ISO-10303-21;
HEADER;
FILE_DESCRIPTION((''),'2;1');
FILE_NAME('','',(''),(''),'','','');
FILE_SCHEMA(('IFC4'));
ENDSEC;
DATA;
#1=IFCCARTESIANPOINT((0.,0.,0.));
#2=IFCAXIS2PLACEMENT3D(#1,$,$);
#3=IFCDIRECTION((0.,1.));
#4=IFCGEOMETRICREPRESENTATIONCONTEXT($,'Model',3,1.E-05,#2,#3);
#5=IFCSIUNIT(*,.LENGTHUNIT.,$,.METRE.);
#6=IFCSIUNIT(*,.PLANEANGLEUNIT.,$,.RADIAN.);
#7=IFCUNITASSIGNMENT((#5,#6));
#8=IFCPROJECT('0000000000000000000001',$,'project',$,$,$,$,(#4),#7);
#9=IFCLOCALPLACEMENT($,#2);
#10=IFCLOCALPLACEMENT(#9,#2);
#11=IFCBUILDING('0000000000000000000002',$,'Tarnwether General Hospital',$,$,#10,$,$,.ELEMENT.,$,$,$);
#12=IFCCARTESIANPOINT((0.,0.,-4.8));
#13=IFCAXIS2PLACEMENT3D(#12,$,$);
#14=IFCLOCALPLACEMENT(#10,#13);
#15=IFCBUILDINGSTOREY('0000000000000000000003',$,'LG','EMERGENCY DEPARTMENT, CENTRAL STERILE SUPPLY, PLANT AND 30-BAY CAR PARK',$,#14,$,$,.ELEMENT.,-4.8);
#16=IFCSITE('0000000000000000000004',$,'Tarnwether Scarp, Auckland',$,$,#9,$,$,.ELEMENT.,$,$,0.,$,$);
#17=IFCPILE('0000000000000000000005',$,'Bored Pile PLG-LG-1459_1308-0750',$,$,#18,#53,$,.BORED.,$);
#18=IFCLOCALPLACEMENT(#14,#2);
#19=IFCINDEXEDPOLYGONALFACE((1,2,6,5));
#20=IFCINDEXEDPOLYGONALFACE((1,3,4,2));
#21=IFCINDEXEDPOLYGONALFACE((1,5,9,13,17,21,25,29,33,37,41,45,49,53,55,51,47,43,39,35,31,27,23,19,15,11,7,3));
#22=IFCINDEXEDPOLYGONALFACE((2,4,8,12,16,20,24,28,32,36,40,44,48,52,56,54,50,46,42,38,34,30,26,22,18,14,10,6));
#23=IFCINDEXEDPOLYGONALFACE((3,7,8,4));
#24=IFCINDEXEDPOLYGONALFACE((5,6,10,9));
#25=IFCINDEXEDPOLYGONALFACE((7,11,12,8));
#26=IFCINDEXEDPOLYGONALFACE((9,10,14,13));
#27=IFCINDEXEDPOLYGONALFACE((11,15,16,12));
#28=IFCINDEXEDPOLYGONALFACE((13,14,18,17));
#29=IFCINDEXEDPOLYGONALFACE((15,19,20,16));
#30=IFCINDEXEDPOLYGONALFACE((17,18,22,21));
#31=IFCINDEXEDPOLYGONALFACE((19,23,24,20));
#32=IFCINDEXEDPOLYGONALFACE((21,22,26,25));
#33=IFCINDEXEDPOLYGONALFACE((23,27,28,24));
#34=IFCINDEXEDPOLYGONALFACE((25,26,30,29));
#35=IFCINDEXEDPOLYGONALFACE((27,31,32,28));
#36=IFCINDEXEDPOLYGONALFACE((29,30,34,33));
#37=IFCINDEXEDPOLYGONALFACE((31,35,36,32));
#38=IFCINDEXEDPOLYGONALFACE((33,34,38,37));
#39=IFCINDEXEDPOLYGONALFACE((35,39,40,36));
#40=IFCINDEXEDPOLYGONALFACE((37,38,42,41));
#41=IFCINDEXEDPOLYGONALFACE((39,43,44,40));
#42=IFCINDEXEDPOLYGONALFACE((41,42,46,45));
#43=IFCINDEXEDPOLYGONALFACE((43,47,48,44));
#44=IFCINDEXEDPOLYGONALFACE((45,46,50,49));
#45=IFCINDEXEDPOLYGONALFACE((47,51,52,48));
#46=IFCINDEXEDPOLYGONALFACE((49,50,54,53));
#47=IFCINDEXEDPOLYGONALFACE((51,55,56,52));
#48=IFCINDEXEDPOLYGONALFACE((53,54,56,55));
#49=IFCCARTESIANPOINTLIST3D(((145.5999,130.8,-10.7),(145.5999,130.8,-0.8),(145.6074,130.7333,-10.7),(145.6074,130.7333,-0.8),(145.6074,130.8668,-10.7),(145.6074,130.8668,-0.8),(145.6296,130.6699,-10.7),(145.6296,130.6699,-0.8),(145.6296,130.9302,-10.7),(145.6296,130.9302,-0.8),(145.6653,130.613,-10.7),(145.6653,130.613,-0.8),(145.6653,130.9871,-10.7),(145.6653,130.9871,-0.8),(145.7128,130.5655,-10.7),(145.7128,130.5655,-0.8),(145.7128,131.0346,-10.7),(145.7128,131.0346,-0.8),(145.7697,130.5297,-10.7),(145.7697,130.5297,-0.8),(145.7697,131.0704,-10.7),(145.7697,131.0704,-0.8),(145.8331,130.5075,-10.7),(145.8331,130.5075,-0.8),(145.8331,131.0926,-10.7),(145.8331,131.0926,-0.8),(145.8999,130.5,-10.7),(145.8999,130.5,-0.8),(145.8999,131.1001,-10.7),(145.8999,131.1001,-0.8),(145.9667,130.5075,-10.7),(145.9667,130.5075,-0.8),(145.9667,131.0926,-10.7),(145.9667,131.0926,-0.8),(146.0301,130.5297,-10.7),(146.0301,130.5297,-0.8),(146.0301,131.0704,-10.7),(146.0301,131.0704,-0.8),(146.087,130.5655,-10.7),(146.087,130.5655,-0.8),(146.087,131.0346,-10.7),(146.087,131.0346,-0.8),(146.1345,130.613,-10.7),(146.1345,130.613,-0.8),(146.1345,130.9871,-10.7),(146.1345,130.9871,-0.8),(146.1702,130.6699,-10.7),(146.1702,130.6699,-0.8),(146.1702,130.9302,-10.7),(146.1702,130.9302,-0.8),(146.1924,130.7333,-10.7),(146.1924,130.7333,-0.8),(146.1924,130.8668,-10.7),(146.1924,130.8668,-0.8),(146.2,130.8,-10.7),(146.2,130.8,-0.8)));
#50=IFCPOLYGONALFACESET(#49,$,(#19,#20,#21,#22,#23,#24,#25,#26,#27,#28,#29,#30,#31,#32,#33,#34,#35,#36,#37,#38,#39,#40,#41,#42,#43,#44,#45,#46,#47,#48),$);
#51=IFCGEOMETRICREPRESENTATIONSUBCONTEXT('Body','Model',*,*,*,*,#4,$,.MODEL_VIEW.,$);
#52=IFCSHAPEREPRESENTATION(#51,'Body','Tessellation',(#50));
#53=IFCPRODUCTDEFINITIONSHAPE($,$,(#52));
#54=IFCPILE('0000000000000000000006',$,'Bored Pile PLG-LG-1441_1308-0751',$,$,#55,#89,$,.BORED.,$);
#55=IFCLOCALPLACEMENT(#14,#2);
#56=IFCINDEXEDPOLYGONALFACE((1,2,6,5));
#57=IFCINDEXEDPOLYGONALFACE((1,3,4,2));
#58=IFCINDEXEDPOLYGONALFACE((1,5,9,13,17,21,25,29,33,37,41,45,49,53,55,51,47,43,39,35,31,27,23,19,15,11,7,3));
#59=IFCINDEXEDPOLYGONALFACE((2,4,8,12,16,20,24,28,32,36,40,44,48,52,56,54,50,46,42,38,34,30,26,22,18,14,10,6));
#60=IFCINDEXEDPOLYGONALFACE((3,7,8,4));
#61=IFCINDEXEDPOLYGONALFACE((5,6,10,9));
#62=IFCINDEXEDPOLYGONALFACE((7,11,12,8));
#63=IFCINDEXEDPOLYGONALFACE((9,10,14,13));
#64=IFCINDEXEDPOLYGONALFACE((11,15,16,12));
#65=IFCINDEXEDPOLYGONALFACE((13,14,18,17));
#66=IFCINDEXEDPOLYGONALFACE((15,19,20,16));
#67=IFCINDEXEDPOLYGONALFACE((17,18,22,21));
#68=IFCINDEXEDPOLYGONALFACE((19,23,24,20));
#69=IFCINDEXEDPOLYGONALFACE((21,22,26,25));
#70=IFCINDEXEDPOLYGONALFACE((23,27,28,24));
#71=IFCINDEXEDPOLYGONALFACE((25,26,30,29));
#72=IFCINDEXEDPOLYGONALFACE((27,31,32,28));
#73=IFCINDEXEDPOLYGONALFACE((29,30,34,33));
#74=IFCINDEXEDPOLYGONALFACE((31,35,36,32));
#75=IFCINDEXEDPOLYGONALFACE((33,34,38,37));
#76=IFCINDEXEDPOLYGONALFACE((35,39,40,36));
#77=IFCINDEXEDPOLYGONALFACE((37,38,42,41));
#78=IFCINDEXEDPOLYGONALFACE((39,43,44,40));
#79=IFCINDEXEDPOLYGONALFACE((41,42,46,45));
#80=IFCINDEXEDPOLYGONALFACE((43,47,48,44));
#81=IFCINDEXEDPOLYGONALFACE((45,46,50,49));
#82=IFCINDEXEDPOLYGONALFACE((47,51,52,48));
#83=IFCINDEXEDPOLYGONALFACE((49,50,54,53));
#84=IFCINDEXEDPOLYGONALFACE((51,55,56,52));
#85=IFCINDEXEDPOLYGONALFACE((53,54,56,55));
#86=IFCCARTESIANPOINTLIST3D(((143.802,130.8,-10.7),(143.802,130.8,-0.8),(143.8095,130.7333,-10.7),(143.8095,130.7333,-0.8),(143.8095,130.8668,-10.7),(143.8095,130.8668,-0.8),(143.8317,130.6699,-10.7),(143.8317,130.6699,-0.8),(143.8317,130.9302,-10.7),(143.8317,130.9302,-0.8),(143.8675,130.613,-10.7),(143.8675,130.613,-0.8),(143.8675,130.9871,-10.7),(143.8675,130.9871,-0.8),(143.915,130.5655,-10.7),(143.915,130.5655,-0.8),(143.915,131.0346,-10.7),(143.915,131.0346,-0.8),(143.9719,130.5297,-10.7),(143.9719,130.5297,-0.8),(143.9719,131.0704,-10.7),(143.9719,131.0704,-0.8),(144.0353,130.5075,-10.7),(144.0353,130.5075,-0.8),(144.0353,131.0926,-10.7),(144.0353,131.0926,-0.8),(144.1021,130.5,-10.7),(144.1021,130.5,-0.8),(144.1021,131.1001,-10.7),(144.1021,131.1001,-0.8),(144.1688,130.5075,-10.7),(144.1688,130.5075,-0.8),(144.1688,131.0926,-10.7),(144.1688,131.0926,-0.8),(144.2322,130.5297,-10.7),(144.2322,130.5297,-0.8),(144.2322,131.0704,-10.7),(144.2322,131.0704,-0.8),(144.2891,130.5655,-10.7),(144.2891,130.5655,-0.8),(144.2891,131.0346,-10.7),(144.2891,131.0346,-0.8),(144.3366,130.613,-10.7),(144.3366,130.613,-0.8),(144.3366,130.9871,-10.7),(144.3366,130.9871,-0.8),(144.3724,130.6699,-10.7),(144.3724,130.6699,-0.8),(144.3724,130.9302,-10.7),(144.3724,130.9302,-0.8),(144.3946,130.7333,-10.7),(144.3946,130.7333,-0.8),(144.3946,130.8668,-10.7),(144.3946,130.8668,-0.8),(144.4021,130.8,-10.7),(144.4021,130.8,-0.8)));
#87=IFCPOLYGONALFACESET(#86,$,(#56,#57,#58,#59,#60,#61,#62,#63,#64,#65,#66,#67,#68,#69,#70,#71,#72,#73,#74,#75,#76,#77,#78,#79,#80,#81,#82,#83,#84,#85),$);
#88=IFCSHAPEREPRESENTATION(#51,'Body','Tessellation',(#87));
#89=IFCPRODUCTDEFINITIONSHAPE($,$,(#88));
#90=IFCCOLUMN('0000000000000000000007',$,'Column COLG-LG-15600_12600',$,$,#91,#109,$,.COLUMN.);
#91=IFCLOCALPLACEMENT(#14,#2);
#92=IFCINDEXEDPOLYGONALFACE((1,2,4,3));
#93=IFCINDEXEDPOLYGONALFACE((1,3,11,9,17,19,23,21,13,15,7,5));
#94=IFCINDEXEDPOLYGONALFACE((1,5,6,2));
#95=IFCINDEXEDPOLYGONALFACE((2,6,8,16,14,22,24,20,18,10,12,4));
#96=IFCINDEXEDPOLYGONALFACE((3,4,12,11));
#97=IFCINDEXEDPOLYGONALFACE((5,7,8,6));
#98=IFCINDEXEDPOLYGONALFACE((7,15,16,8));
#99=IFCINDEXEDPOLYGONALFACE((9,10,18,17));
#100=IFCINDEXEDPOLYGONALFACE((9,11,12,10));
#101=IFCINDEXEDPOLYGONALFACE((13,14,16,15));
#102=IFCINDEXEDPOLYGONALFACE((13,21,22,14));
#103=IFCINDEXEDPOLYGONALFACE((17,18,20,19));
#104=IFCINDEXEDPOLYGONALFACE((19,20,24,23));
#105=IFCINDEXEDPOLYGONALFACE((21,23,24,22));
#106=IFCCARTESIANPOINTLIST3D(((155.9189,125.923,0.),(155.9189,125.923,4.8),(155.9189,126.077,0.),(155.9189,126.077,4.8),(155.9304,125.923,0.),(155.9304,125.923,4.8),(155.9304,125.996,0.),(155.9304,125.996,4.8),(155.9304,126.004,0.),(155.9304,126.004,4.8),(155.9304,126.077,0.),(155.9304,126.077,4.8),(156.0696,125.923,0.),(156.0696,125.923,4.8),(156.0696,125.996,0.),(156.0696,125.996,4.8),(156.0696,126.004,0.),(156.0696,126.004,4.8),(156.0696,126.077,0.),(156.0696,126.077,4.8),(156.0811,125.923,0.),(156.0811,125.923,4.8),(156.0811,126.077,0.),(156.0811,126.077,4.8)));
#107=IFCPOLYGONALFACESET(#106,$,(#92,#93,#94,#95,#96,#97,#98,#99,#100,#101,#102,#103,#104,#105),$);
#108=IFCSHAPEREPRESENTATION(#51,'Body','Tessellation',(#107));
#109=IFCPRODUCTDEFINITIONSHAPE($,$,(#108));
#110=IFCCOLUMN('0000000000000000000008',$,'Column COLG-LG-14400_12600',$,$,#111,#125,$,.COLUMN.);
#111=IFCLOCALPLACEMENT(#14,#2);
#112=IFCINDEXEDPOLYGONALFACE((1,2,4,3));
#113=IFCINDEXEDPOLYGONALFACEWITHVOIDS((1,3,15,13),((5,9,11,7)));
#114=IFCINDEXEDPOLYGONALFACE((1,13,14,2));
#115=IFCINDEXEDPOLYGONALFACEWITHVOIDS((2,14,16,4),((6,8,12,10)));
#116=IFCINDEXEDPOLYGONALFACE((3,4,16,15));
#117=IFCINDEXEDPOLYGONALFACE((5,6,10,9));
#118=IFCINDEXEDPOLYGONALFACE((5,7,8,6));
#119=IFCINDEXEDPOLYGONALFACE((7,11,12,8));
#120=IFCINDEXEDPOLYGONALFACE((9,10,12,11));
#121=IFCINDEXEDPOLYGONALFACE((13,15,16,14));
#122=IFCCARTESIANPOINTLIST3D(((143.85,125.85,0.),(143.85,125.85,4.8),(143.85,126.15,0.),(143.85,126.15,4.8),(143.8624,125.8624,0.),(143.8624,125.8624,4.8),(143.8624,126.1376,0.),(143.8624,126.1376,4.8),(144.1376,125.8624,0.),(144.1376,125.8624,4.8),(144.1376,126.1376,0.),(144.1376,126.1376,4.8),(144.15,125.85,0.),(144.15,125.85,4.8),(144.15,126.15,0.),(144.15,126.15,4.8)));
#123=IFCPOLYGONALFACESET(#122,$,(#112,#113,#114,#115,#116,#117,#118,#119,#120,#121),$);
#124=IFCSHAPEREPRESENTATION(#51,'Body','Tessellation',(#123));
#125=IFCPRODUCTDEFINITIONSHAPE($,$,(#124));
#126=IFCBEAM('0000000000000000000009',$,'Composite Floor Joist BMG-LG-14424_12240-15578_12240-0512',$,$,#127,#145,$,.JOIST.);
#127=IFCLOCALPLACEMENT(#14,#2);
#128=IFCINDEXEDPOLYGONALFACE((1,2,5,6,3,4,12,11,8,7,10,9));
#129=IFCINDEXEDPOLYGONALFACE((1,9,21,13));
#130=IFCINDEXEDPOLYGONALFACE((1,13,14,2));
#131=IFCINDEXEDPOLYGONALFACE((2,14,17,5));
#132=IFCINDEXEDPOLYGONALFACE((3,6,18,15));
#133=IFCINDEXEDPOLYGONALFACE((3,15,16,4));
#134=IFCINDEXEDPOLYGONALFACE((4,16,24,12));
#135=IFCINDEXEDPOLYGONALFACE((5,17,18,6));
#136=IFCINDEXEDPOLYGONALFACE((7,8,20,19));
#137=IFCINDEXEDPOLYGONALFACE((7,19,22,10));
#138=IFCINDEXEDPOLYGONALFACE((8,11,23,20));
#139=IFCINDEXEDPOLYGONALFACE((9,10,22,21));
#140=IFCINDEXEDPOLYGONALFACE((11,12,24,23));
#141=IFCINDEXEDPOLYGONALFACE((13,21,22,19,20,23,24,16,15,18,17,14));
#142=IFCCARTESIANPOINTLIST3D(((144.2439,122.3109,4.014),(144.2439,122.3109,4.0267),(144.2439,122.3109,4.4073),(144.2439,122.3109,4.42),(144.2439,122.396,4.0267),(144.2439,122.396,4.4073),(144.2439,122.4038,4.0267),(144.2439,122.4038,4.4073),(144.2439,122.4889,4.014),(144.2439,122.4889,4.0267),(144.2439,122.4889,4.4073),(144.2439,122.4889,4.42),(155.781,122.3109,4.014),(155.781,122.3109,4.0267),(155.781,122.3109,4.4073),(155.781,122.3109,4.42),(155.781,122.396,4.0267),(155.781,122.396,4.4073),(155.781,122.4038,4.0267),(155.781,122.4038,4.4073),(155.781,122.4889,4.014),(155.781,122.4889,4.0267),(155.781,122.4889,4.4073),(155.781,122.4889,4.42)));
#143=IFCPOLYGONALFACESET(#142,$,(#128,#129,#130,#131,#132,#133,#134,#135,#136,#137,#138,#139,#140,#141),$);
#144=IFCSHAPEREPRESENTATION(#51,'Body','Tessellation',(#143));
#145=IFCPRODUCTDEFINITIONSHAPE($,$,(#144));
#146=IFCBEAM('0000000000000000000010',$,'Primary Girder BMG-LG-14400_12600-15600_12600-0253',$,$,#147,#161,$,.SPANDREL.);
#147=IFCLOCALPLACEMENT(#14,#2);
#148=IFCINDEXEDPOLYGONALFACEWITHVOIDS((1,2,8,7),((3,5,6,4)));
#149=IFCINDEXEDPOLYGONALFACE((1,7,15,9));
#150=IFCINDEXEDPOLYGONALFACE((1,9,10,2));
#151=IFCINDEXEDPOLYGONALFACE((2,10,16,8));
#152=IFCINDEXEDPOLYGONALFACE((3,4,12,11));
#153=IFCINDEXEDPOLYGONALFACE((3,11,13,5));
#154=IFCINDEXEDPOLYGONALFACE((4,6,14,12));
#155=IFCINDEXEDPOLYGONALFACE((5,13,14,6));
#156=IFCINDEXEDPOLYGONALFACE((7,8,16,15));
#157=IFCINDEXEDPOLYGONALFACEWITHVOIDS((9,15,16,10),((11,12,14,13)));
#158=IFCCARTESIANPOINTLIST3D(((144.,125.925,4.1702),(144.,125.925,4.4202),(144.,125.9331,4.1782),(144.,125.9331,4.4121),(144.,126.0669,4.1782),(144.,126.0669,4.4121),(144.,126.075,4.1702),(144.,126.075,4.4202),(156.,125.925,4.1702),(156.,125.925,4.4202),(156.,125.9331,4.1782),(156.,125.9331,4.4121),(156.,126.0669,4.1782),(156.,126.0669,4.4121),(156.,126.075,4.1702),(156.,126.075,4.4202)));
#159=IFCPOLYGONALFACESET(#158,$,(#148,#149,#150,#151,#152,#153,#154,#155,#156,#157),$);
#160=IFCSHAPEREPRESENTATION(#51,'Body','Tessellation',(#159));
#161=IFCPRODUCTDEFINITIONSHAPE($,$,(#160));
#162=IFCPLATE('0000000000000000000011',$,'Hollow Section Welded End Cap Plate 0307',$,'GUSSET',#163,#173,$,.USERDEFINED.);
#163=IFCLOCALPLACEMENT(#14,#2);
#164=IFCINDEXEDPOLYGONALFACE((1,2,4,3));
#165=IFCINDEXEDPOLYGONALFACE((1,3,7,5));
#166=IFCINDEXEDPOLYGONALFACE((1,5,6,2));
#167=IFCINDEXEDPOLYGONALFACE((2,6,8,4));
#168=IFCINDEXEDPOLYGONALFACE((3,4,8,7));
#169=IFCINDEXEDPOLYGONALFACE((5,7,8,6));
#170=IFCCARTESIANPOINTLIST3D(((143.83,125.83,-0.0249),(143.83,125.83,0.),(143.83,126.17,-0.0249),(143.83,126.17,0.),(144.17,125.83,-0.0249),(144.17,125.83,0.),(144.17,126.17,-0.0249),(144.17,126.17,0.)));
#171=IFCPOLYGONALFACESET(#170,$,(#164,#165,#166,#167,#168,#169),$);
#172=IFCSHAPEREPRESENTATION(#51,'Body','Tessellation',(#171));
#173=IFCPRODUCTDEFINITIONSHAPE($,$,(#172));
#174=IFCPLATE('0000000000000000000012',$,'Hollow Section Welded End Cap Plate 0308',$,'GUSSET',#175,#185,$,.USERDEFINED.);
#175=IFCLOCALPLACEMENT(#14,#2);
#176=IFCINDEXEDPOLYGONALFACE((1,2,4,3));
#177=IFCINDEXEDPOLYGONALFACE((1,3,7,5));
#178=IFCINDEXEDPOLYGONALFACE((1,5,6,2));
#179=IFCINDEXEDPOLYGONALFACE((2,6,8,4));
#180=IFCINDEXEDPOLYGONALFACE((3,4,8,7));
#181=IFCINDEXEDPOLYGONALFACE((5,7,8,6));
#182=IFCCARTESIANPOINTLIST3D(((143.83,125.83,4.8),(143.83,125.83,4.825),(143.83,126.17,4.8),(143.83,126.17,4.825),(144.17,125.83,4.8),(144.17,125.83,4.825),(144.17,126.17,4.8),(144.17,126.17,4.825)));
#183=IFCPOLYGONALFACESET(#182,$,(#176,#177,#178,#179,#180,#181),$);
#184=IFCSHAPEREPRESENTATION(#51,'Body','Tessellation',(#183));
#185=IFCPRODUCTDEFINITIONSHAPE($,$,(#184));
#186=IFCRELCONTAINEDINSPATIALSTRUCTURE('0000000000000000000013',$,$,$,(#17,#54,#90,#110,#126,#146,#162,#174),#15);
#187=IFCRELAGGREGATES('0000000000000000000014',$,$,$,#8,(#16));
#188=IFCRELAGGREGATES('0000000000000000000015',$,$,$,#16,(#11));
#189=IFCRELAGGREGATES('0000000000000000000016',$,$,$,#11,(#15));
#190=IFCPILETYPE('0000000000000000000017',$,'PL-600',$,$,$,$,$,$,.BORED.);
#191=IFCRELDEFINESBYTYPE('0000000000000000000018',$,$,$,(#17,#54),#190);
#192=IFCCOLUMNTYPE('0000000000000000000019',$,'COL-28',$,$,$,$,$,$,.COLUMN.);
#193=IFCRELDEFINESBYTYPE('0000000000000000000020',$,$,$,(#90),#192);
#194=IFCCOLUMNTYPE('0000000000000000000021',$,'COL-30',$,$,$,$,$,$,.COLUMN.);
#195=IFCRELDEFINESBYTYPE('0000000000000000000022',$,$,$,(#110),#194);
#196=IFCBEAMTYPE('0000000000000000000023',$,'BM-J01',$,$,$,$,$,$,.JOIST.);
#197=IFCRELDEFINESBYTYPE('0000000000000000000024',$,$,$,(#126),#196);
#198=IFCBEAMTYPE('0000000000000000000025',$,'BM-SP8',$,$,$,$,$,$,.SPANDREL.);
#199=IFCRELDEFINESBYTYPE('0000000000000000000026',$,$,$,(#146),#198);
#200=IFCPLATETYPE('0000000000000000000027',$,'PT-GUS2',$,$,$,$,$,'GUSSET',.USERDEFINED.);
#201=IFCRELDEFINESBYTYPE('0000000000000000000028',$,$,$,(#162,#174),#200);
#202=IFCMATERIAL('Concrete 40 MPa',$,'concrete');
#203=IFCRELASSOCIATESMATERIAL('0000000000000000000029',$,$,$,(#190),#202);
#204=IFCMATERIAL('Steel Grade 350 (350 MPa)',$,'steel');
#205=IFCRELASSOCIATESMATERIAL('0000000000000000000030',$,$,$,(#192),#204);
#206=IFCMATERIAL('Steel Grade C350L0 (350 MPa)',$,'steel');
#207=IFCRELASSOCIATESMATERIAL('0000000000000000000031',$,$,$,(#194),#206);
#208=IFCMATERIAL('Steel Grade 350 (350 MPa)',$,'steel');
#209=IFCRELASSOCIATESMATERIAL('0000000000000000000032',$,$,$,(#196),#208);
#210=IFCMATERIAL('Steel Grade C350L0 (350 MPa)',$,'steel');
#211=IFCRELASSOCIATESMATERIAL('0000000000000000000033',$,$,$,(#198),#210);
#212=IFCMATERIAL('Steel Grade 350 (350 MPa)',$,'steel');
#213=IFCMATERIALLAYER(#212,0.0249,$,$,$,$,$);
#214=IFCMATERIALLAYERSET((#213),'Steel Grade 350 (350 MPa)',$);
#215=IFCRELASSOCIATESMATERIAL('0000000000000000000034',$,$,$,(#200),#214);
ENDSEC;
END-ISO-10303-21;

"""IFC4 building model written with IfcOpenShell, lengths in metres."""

from ifc_helpers import new_model, si_unit, direction, frame, origin, origin_2d, place, context, subcontext, project, spatial, rectangle, hollow_rectangle, circle, i_section, extrude, material, layer, layer_set, material_profile, profile_set, type_object, element, save


model = new_model("IFC4")

# Units and contexts
model_context = context("Model", 3, precision=1e-05, world=origin(), true_north=direction((0.0, 1.0)))
body_context = subcontext(model_context, "Body", "Model", "MODEL_VIEW")
ifc_project = project(units=[si_unit("LENGTHUNIT", "METRE"), si_unit("PLANEANGLEUNIT", "RADIAN")], contexts=[model_context])

# Site, building, storey
site_placement = place(None, origin())
site = spatial("IfcSite", under=ifc_project, at=site_placement, Name="Tarnwether Scarp, Auckland", CompositionType="ELEMENT", RefElevation=0.0)
building_placement = place(site_placement, origin())
building = spatial("IfcBuilding", under=site, at=building_placement, Name="Tarnwether General Hospital", CompositionType="ELEMENT")
storey_placement = place(building_placement, frame((0.0, 0.0, -4.8)))
storey = spatial("IfcBuildingStorey", under=building, at=storey_placement, Name="LG", Description="EMERGENCY DEPARTMENT, CENTRAL STERILE SUPPLY, PLANT AND 30-BAY CAR PARK", CompositionType="ELEMENT", Elevation=-4.8)

# Piles
ifc_material_1 = material(Name="Concrete 40 MPa", Category="concrete")
ifc_material_profile_1 = material_profile(ifc_material_1, circle(Radius=0.3, at=origin_2d()), Name="PILE-D600")
ifc_profile_set_1 = profile_set([ifc_material_profile_1], Name="Concrete 40 MPa")
pile_type_1 = type_object("IfcPileType", Name="PL-600", PredefinedType="BORED", material=ifc_profile_set_1)
for number, where, z_axis, x_axis, name in (
    (1, (145.8999, 130.8, -0.8), (0.0, 0.0, -1.0), (1.0, 0.0, 0.0), "Bored Pile PLG-LG-1459_1308-0750"),
    (2, (144.1021, 130.8, -0.8), (0.0, 0.0, -1.0), (1.0, 0.0, 0.0), "Bored Pile PLG-LG-1441_1308-0751"),
):
    element("IfcPile", number, at=place(storey_placement, frame(where, z_axis=z_axis, x_axis=x_axis)), inside=storey, type_object=pile_type_1, Name=name, PredefinedType="BORED", context=body_context, shape_type="SweptSolid", body=[
        extrude(circle(Radius=0.3, at=origin_2d()), origin(), (0.0, 0.0, 1.0), 9.8999),
    ])

# Columns
ifc_material_2 = material(Name="Steel Grade 350 (350 MPa)", Category="steel")
ifc_material_profile_2 = material_profile(ifc_material_2, i_section(OverallWidth=0.1541, OverallDepth=0.1621, WebThickness=0.0081, FlangeThickness=0.0115, at=origin_2d()), Name="150UC37.2")
ifc_profile_set_2 = profile_set([ifc_material_profile_2], Name="Steel Grade 350 (350 MPa)")
column_type_1 = type_object("IfcColumnType", Name="COL-28", PredefinedType="COLUMN", material=ifc_profile_set_2)
column_1_placement = place(storey_placement, frame((156.0, 126.0, 0.0), z_axis=(0.0, 0.0, 1.0), x_axis=(0.0, 1.0, 0.0)))
element("IfcColumn", 3, at=column_1_placement, inside=storey, type_object=column_type_1, Name="Column COLG-LG-15600_12600", PredefinedType="COLUMN", context=body_context, shape_type="SweptSolid", body=[
    extrude(i_section(OverallWidth=0.1541, OverallDepth=0.1621, WebThickness=0.0081, FlangeThickness=0.0115, at=origin_2d()), origin(), (0.0, 0.0, 1.0), 4.8),
])
ifc_material_3 = material(Name="Steel Grade C350L0 (350 MPa)", Category="steel")
ifc_material_profile_3 = material_profile(ifc_material_3, hollow_rectangle(XDim=0.3, YDim=0.3, WallThickness=0.0125, at=origin_2d()), Name="SHS300x300x12.5")
ifc_profile_set_3 = profile_set([ifc_material_profile_3], Name="Steel Grade C350L0 (350 MPa)")
column_type_2 = type_object("IfcColumnType", Name="COL-30", PredefinedType="COLUMN", material=ifc_profile_set_3)
column_2_placement = place(storey_placement, frame((144.0, 126.0, 0.0), z_axis=(0.0, 0.0, 1.0), x_axis=(1.0, 0.0, 0.0)))
element("IfcColumn", 4, at=column_2_placement, inside=storey, type_object=column_type_2, Name="Column COLG-LG-14400_12600", PredefinedType="COLUMN", context=body_context, shape_type="SweptSolid", body=[
    extrude(hollow_rectangle(XDim=0.3, YDim=0.3, WallThickness=0.0125, at=origin_2d()), origin(), (0.0, 0.0, 1.0), 4.8),
])

# Beams
ifc_material_4 = material(Name="Steel Grade 350 (350 MPa)", Category="steel")
ifc_material_profile_4 = material_profile(ifc_material_4, i_section(OverallWidth=0.178, OverallDepth=0.406, WebThickness=0.0078, FlangeThickness=0.0127, at=origin_2d()), Name="410UB59.7")
ifc_profile_set_4 = profile_set([ifc_material_profile_4], Name="Steel Grade 350 (350 MPa)")
beam_type_1 = type_object("IfcBeamType", Name="BM-J01", PredefinedType="JOIST", material=ifc_profile_set_4)
beam_1_placement = place(storey_placement, frame((144.2439, 122.3999, 4.217), z_axis=(1.0, 0.0, 0.0), x_axis=(0.0, 1.0, 0.0)))
element("IfcBeam", 5, at=beam_1_placement, inside=storey, type_object=beam_type_1, Name="Composite Floor Joist BMG-LG-14424_12240-15578_12240-0512", PredefinedType="JOIST", context=body_context, shape_type="SweptSolid", body=[
    extrude(i_section(OverallWidth=0.178, OverallDepth=0.406, WebThickness=0.0078, FlangeThickness=0.0127, at=origin_2d()), origin(), (0.0, 0.0, 1.0), 11.5371),
])
ifc_material_5 = material(Name="Steel Grade C350L0 (350 MPa)", Category="steel")
ifc_material_profile_5 = material_profile(ifc_material_5, hollow_rectangle(XDim=0.1499, YDim=0.25, WallThickness=0.0081, at=origin_2d()), Name="RHS250x150x8")
ifc_profile_set_5 = profile_set([ifc_material_profile_5], Name="Steel Grade C350L0 (350 MPa)")
beam_type_2 = type_object("IfcBeamType", Name="BM-SP8", PredefinedType="SPANDREL", material=ifc_profile_set_5)
beam_2_placement = place(storey_placement, frame((144.0, 126.0, 4.2952), z_axis=(1.0, 0.0, 0.0), x_axis=(0.0, 1.0, 0.0)))
element("IfcBeam", 6, at=beam_2_placement, inside=storey, type_object=beam_type_2, Name="Primary Girder BMG-LG-14400_12600-15600_12600-0253", PredefinedType="SPANDREL", context=body_context, shape_type="SweptSolid", body=[
    extrude(hollow_rectangle(XDim=0.1499, YDim=0.25, WallThickness=0.0081, at=origin_2d()), origin(), (0.0, 0.0, 1.0), 12.0),
])

# Plates
ifc_material_6 = material(Name="Steel Grade 350 (350 MPa)", Category="steel")
ifc_layer = layer(ifc_material_6, 0.0249)
ifc_layer_set = layer_set([ifc_layer], Name="Steel Grade 350 (350 MPa)")
plate_type = type_object("IfcPlateType", Name="PT-GUS2", ElementType="GUSSET", PredefinedType="USERDEFINED", material=ifc_layer_set)
for number, where, z_axis, x_axis, name in (
    (7, (144.0, 126.0, -0.0249), (0.0, 0.0, 1.0), (1.0, 0.0, 0.0), "Hollow Section Welded End Cap Plate 0307"),
    (8, (144.0, 126.0, 4.8), (0.0, 0.0, 1.0), (1.0, 0.0, 0.0), "Hollow Section Welded End Cap Plate 0308"),
):
    element("IfcPlate", number, at=place(storey_placement, frame(where, z_axis=z_axis, x_axis=x_axis)), inside=storey, type_object=plate_type, Name=name, ObjectType="GUSSET", PredefinedType="USERDEFINED", context=body_context, shape_type="SweptSolid", body=[
        extrude(rectangle(XDim=0.3401, YDim=0.3401, at=origin_2d()), origin(), (0.0, 0.0, 1.0), 0.0249),
    ])

save(model, "model.ifc")
